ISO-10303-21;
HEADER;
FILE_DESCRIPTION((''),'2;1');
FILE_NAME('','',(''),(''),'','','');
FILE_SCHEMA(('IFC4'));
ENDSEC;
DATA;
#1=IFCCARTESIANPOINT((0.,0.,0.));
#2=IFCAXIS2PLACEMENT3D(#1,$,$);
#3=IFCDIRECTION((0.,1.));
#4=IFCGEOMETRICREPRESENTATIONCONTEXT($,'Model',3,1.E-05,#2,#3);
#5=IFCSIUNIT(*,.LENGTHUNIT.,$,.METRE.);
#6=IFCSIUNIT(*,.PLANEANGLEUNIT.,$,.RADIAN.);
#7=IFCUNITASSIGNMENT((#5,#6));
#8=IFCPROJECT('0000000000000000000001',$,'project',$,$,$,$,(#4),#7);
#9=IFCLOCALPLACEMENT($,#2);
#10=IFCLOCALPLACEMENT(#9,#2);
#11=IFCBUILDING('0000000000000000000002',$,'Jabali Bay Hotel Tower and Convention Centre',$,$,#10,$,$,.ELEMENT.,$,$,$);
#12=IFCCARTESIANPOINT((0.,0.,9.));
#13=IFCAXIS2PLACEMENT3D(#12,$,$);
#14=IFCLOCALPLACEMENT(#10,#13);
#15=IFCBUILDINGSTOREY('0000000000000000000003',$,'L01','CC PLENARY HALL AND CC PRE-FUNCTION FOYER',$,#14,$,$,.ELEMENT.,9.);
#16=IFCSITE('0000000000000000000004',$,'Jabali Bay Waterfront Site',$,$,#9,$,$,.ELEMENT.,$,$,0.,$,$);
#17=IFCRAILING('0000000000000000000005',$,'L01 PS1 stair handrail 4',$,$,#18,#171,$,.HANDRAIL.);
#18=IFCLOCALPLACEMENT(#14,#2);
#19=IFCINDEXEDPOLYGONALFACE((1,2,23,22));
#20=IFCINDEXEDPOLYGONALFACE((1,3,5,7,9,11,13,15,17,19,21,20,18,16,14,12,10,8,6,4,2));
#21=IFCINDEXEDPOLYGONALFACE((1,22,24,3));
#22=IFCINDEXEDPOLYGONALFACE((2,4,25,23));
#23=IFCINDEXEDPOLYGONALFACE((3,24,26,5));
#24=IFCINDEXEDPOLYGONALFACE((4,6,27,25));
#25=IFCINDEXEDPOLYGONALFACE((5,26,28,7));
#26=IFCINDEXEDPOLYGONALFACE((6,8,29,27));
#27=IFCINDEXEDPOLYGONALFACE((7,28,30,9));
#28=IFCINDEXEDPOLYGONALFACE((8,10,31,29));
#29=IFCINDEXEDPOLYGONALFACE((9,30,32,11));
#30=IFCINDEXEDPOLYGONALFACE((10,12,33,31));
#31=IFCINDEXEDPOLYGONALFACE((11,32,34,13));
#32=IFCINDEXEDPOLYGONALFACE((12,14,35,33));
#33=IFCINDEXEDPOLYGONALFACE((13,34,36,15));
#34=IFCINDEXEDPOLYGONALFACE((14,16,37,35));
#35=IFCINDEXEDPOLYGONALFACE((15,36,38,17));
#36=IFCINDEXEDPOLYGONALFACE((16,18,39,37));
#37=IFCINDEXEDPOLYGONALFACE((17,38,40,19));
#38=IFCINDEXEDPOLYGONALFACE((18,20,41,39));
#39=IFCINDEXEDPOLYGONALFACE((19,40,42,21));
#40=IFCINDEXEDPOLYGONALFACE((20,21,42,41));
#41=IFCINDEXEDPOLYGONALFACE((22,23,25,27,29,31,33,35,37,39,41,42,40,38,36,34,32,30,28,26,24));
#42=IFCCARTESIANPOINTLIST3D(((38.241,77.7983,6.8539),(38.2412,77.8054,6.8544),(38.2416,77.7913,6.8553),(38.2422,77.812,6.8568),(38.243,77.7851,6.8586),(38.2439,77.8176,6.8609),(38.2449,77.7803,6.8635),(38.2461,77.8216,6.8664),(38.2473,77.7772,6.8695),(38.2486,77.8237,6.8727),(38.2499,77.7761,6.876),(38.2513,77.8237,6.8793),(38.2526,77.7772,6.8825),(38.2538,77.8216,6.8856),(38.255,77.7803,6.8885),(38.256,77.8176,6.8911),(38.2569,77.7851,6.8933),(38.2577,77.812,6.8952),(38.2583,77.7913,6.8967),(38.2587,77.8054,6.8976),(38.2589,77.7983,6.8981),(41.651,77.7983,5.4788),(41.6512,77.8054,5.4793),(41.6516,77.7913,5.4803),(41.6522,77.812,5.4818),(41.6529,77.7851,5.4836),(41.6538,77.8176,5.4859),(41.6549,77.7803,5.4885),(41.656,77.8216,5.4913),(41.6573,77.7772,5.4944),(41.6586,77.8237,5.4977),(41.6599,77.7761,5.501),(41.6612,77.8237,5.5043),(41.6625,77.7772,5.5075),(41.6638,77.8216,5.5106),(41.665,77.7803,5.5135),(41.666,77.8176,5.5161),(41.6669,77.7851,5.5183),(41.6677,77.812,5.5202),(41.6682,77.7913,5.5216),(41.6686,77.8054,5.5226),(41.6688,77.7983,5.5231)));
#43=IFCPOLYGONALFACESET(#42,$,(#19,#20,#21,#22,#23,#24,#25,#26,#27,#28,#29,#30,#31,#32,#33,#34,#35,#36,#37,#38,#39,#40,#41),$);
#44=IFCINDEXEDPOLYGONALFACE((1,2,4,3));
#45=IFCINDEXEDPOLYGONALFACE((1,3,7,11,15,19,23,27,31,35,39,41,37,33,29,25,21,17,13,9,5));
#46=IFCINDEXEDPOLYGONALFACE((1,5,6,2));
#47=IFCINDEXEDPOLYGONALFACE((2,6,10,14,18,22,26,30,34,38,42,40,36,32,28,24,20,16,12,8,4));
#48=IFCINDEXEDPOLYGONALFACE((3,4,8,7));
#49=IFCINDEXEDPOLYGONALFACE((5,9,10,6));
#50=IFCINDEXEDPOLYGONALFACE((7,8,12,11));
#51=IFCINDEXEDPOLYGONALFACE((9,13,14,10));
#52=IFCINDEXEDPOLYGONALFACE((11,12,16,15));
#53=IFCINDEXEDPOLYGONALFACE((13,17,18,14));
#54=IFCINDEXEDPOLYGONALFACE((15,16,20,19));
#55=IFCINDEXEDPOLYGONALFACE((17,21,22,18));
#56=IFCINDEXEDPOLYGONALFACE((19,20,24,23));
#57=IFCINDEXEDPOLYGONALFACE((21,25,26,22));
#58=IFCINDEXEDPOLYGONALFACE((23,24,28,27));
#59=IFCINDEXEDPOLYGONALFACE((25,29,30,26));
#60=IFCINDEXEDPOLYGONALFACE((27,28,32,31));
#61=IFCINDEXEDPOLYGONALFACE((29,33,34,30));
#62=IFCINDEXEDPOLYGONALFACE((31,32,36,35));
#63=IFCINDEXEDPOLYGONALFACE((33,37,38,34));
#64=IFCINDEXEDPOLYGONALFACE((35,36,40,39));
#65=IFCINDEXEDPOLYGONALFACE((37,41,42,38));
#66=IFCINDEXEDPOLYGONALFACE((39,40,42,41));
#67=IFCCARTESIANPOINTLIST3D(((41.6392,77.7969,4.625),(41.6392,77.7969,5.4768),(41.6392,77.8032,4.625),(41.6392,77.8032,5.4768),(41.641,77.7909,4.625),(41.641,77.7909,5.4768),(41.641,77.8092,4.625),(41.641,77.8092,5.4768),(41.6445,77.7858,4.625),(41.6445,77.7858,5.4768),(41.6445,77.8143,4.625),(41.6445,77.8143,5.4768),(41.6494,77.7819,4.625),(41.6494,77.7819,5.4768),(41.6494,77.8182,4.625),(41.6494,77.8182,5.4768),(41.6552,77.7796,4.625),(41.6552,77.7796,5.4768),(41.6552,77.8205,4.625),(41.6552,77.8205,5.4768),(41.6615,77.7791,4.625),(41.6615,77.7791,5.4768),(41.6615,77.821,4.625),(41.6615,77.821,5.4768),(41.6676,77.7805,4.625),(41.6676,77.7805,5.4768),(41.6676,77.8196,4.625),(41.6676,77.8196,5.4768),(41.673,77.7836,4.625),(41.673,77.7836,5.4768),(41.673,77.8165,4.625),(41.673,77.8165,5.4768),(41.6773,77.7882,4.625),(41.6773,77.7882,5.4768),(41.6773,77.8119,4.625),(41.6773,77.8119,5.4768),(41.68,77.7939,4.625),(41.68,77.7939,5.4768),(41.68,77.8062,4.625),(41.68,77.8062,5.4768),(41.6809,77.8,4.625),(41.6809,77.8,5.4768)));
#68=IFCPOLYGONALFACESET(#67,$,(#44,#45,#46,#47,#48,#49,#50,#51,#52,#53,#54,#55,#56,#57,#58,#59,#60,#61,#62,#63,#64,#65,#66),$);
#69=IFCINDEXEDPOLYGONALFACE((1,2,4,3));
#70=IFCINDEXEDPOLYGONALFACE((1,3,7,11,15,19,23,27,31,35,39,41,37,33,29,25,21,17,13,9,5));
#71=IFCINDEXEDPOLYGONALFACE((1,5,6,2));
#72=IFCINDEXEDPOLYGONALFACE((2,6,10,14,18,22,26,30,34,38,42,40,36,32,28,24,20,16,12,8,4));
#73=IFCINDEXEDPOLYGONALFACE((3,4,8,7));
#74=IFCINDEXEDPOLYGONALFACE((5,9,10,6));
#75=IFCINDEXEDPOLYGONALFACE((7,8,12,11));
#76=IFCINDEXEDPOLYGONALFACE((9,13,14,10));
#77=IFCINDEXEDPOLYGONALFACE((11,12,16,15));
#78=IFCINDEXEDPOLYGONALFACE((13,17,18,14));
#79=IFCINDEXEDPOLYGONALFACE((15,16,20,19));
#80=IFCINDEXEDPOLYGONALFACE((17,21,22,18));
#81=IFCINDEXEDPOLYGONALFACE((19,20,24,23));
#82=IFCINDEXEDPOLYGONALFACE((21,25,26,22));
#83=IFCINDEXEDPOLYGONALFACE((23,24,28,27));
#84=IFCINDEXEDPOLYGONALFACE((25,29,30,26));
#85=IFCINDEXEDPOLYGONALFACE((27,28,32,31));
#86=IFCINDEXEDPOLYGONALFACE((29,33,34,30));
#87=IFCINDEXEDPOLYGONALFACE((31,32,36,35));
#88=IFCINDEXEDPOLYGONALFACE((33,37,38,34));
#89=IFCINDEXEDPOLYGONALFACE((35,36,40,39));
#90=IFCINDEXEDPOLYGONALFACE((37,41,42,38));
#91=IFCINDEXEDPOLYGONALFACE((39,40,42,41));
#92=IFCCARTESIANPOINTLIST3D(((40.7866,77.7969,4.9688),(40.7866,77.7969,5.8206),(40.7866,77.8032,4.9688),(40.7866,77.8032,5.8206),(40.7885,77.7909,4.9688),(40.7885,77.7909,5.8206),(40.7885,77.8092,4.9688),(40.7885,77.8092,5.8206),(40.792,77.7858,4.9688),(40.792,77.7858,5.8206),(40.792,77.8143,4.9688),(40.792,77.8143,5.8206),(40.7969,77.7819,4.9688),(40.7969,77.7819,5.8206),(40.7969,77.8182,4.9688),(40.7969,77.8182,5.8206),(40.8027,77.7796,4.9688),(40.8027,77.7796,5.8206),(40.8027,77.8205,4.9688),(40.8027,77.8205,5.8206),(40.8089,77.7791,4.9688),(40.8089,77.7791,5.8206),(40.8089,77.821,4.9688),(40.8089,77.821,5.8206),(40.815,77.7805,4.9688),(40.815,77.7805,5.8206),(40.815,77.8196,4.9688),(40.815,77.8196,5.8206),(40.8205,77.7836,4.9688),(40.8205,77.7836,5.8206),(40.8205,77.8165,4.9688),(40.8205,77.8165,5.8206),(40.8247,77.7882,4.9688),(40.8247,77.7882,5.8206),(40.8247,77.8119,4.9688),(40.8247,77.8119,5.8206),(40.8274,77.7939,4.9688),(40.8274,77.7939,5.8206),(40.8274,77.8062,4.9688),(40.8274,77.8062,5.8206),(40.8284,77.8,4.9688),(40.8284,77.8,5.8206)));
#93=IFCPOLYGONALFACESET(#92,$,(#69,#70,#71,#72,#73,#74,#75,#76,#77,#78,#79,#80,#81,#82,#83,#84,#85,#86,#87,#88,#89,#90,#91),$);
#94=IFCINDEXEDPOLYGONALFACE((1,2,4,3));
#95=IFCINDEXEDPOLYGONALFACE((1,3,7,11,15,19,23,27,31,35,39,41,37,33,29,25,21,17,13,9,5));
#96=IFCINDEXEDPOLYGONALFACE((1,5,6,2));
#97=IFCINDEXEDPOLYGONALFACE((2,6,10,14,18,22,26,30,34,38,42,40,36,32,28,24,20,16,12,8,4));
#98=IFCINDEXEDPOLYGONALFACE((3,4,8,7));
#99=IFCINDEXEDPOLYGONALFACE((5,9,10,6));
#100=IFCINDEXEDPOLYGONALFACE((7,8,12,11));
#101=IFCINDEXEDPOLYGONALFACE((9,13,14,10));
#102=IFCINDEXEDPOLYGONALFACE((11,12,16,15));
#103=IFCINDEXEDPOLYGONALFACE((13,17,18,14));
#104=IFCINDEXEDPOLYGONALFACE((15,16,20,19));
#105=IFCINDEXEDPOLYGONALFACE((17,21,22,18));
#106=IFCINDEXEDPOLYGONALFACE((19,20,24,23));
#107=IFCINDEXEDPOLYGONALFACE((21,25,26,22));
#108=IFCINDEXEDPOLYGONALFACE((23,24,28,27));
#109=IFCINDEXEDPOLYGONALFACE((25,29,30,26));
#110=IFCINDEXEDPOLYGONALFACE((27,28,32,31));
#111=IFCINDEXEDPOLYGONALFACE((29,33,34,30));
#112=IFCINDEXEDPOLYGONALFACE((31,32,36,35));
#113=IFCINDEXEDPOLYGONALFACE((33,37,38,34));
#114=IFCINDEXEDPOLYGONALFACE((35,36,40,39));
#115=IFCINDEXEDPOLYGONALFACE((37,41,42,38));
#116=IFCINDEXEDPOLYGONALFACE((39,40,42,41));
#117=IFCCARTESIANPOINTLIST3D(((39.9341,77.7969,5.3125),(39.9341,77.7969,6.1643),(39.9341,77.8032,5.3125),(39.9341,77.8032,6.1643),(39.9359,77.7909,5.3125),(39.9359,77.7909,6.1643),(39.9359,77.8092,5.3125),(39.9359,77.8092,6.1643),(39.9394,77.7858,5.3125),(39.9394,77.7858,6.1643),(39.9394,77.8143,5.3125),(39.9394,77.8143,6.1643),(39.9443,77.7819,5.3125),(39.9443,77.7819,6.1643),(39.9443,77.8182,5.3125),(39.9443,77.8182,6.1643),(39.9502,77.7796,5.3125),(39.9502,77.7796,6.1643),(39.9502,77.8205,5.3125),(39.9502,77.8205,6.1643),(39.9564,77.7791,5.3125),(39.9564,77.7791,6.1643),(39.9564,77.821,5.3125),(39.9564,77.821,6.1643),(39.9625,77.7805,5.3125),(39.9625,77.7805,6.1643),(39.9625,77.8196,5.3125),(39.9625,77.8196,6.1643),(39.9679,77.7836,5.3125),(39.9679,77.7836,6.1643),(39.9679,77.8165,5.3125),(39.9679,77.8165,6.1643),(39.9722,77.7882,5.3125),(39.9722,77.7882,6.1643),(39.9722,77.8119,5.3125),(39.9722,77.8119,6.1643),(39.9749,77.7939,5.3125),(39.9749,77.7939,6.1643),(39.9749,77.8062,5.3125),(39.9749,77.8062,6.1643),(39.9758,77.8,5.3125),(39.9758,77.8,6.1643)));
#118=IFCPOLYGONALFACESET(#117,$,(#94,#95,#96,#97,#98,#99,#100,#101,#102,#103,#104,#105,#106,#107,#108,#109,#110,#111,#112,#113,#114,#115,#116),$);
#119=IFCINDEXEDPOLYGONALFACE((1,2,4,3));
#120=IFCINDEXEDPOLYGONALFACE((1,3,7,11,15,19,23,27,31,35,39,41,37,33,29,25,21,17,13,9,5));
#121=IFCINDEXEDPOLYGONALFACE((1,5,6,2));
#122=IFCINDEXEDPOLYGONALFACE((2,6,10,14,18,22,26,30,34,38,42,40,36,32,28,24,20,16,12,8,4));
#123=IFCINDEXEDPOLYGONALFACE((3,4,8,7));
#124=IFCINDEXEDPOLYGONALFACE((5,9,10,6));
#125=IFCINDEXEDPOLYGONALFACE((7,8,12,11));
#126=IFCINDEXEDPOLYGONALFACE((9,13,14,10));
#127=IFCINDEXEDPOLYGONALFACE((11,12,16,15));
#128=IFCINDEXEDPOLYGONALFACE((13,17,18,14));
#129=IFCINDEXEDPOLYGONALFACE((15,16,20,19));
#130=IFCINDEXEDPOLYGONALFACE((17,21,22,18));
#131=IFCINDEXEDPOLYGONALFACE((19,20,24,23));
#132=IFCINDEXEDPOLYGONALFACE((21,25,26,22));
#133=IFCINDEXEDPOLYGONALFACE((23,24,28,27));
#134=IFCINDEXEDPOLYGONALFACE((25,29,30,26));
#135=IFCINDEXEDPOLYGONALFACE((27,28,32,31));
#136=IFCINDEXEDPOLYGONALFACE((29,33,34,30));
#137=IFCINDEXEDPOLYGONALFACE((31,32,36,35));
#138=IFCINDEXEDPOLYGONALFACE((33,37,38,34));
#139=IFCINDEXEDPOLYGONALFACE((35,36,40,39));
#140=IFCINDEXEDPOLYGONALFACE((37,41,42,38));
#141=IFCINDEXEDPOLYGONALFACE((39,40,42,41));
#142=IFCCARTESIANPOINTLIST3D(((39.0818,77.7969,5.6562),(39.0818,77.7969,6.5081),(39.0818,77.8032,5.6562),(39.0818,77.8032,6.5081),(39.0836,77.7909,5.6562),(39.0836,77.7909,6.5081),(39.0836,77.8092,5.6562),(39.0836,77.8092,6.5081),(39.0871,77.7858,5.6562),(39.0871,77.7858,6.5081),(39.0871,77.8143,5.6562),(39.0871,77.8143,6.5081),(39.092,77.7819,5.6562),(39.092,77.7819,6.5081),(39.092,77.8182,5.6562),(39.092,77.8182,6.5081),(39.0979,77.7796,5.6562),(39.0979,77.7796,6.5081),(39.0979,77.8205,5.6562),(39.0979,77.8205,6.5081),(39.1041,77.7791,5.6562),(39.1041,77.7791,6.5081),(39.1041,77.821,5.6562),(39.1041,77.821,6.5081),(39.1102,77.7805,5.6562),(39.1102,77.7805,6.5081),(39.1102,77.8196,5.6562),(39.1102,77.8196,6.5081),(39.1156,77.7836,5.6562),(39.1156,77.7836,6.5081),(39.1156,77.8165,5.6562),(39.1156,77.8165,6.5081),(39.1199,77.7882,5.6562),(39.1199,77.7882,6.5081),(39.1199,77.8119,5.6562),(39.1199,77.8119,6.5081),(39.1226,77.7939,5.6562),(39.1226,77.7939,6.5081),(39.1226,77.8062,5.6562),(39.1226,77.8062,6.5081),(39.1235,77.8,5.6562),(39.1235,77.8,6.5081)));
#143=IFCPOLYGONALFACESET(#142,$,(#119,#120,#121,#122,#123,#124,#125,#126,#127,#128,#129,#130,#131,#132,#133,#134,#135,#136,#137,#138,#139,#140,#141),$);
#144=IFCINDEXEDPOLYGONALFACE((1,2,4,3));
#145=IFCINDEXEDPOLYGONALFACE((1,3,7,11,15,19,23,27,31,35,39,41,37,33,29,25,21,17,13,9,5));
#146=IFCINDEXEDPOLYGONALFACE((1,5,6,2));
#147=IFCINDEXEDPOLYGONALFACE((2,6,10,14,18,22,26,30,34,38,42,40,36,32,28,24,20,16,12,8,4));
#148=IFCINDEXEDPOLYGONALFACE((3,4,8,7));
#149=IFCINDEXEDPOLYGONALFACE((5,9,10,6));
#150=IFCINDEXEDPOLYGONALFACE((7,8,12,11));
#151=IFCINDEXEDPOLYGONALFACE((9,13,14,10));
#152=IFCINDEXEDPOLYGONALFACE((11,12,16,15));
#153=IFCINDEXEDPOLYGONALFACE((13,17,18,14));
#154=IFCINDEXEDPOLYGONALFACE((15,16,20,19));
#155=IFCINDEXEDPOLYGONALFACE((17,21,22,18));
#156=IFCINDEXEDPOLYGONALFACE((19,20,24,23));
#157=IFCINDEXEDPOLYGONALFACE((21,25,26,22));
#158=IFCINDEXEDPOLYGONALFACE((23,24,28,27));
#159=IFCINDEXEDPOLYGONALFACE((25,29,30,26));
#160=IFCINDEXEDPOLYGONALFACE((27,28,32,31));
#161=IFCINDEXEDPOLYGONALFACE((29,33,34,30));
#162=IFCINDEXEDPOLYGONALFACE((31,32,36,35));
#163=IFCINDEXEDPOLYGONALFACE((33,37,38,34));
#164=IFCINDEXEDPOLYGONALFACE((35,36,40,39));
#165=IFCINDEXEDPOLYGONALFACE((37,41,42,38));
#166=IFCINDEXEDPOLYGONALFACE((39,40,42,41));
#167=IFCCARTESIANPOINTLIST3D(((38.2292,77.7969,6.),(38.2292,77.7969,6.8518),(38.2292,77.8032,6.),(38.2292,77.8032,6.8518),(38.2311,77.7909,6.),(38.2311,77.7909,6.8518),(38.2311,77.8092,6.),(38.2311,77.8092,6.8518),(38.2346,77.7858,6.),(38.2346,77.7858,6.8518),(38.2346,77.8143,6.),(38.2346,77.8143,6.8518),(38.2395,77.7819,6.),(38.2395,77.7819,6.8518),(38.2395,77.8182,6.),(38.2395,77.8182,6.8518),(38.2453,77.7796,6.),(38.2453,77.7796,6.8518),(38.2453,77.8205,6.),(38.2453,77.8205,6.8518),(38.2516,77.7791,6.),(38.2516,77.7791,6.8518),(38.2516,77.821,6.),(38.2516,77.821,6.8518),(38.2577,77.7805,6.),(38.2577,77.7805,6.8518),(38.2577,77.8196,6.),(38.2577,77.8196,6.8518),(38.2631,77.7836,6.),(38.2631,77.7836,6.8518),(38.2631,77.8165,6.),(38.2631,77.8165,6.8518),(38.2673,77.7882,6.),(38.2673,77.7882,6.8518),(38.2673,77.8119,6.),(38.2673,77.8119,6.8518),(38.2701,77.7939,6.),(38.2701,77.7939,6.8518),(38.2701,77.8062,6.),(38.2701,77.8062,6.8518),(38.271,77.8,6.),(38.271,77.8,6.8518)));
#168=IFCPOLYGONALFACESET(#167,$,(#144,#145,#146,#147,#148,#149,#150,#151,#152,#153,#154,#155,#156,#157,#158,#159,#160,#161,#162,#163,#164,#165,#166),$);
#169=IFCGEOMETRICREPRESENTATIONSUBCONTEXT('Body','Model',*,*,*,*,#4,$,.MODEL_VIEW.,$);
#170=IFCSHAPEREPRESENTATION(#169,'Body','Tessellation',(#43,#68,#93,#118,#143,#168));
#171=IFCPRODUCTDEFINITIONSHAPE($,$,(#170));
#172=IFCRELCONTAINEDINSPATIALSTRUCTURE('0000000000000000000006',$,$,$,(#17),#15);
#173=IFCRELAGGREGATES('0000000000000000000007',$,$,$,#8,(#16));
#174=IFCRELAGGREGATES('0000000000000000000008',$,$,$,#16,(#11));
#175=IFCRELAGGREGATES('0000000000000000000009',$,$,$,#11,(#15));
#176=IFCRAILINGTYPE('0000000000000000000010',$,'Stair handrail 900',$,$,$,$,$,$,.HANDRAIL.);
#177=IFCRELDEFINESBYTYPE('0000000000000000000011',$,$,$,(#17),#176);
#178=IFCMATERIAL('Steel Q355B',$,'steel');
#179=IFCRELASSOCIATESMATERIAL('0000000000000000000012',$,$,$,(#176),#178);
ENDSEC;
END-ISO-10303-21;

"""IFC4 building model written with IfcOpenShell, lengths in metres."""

from ifc_helpers import new_model, si_unit, direction, frame, origin, origin_2d, place, context, subcontext, project, spatial, circle, extrude, material, type_object, element, save


model = new_model("IFC4")

# Units and contexts
model_context = context("Model", 3, precision=1e-05, world=origin(), true_north=direction((0.0, 1.0)))
body_context = subcontext(model_context, "Body", "Model", "MODEL_VIEW")
ifc_project = project(units=[si_unit("LENGTHUNIT", "METRE"), si_unit("PLANEANGLEUNIT", "RADIAN")], contexts=[model_context])

# Site, building, storey
site_placement = place(None, origin())
site = spatial("IfcSite", under=ifc_project, at=site_placement, Name="Jabali Bay Waterfront Site", CompositionType="ELEMENT", RefElevation=0.0)
building_placement = place(site_placement, origin())
building = spatial("IfcBuilding", under=site, at=building_placement, Name="Jabali Bay Hotel Tower and Convention Centre", CompositionType="ELEMENT")
storey_placement = place(building_placement, frame((0.0, 0.0, 9.0)))
storey = spatial("IfcBuildingStorey", under=building, at=storey_placement, Name="L01", Description="CC PLENARY HALL AND CC PRE-FUNCTION FOYER", CompositionType="ELEMENT", Elevation=9.0)

# Railing
ifc_material_1 = material(Name="Steel Q355B", Category="steel")
railing_type_1 = type_object("IfcRailingType", Name="Stair handrail 900", PredefinedType="HANDRAIL", material=ifc_material_1)
for number, where, name in (
    (1, (41.6599, 77.8, 4.625), "L01 PS1 stair handrail 4"),
):
    element("IfcRailing", number, at=place(storey_placement, frame(where)), inside=storey, type_object=railing_type_1, Name=name, PredefinedType="HANDRAIL", context=body_context, shape_type="SweptSolid", body=[
        extrude(circle(Radius=0.0239, at=origin_2d()), frame((0.0, 0.0, 0.876), z_axis=(-0.927438, 0.0, 0.373977), x_axis=(0.0, -1.0, 0.0)), (0.0, 0.0, 1.0), 3.6768),
        extrude(circle(Radius=0.021, at=origin_2d()), origin(), (0.0, 0.0, 1.0), 0.8518),
        extrude(circle(Radius=0.021, at=origin_2d()), frame((-0.8525, 0.0, 0.3438)), (0.0, 0.0, 1.0), 0.8518),
        extrude(circle(Radius=0.021, at=origin_2d()), frame((-1.7051, 0.0, 0.6875)), (0.0, 0.0, 1.0), 0.8518),
        extrude(circle(Radius=0.021, at=origin_2d()), frame((-2.5574, 0.0, 1.0312)), (0.0, 0.0, 1.0), 0.8518),
        extrude(circle(Radius=0.021, at=origin_2d()), frame((-3.4099, 0.0, 1.375)), (0.0, 0.0, 1.0), 0.8518),
    ])

save(model, "model.ifc")
